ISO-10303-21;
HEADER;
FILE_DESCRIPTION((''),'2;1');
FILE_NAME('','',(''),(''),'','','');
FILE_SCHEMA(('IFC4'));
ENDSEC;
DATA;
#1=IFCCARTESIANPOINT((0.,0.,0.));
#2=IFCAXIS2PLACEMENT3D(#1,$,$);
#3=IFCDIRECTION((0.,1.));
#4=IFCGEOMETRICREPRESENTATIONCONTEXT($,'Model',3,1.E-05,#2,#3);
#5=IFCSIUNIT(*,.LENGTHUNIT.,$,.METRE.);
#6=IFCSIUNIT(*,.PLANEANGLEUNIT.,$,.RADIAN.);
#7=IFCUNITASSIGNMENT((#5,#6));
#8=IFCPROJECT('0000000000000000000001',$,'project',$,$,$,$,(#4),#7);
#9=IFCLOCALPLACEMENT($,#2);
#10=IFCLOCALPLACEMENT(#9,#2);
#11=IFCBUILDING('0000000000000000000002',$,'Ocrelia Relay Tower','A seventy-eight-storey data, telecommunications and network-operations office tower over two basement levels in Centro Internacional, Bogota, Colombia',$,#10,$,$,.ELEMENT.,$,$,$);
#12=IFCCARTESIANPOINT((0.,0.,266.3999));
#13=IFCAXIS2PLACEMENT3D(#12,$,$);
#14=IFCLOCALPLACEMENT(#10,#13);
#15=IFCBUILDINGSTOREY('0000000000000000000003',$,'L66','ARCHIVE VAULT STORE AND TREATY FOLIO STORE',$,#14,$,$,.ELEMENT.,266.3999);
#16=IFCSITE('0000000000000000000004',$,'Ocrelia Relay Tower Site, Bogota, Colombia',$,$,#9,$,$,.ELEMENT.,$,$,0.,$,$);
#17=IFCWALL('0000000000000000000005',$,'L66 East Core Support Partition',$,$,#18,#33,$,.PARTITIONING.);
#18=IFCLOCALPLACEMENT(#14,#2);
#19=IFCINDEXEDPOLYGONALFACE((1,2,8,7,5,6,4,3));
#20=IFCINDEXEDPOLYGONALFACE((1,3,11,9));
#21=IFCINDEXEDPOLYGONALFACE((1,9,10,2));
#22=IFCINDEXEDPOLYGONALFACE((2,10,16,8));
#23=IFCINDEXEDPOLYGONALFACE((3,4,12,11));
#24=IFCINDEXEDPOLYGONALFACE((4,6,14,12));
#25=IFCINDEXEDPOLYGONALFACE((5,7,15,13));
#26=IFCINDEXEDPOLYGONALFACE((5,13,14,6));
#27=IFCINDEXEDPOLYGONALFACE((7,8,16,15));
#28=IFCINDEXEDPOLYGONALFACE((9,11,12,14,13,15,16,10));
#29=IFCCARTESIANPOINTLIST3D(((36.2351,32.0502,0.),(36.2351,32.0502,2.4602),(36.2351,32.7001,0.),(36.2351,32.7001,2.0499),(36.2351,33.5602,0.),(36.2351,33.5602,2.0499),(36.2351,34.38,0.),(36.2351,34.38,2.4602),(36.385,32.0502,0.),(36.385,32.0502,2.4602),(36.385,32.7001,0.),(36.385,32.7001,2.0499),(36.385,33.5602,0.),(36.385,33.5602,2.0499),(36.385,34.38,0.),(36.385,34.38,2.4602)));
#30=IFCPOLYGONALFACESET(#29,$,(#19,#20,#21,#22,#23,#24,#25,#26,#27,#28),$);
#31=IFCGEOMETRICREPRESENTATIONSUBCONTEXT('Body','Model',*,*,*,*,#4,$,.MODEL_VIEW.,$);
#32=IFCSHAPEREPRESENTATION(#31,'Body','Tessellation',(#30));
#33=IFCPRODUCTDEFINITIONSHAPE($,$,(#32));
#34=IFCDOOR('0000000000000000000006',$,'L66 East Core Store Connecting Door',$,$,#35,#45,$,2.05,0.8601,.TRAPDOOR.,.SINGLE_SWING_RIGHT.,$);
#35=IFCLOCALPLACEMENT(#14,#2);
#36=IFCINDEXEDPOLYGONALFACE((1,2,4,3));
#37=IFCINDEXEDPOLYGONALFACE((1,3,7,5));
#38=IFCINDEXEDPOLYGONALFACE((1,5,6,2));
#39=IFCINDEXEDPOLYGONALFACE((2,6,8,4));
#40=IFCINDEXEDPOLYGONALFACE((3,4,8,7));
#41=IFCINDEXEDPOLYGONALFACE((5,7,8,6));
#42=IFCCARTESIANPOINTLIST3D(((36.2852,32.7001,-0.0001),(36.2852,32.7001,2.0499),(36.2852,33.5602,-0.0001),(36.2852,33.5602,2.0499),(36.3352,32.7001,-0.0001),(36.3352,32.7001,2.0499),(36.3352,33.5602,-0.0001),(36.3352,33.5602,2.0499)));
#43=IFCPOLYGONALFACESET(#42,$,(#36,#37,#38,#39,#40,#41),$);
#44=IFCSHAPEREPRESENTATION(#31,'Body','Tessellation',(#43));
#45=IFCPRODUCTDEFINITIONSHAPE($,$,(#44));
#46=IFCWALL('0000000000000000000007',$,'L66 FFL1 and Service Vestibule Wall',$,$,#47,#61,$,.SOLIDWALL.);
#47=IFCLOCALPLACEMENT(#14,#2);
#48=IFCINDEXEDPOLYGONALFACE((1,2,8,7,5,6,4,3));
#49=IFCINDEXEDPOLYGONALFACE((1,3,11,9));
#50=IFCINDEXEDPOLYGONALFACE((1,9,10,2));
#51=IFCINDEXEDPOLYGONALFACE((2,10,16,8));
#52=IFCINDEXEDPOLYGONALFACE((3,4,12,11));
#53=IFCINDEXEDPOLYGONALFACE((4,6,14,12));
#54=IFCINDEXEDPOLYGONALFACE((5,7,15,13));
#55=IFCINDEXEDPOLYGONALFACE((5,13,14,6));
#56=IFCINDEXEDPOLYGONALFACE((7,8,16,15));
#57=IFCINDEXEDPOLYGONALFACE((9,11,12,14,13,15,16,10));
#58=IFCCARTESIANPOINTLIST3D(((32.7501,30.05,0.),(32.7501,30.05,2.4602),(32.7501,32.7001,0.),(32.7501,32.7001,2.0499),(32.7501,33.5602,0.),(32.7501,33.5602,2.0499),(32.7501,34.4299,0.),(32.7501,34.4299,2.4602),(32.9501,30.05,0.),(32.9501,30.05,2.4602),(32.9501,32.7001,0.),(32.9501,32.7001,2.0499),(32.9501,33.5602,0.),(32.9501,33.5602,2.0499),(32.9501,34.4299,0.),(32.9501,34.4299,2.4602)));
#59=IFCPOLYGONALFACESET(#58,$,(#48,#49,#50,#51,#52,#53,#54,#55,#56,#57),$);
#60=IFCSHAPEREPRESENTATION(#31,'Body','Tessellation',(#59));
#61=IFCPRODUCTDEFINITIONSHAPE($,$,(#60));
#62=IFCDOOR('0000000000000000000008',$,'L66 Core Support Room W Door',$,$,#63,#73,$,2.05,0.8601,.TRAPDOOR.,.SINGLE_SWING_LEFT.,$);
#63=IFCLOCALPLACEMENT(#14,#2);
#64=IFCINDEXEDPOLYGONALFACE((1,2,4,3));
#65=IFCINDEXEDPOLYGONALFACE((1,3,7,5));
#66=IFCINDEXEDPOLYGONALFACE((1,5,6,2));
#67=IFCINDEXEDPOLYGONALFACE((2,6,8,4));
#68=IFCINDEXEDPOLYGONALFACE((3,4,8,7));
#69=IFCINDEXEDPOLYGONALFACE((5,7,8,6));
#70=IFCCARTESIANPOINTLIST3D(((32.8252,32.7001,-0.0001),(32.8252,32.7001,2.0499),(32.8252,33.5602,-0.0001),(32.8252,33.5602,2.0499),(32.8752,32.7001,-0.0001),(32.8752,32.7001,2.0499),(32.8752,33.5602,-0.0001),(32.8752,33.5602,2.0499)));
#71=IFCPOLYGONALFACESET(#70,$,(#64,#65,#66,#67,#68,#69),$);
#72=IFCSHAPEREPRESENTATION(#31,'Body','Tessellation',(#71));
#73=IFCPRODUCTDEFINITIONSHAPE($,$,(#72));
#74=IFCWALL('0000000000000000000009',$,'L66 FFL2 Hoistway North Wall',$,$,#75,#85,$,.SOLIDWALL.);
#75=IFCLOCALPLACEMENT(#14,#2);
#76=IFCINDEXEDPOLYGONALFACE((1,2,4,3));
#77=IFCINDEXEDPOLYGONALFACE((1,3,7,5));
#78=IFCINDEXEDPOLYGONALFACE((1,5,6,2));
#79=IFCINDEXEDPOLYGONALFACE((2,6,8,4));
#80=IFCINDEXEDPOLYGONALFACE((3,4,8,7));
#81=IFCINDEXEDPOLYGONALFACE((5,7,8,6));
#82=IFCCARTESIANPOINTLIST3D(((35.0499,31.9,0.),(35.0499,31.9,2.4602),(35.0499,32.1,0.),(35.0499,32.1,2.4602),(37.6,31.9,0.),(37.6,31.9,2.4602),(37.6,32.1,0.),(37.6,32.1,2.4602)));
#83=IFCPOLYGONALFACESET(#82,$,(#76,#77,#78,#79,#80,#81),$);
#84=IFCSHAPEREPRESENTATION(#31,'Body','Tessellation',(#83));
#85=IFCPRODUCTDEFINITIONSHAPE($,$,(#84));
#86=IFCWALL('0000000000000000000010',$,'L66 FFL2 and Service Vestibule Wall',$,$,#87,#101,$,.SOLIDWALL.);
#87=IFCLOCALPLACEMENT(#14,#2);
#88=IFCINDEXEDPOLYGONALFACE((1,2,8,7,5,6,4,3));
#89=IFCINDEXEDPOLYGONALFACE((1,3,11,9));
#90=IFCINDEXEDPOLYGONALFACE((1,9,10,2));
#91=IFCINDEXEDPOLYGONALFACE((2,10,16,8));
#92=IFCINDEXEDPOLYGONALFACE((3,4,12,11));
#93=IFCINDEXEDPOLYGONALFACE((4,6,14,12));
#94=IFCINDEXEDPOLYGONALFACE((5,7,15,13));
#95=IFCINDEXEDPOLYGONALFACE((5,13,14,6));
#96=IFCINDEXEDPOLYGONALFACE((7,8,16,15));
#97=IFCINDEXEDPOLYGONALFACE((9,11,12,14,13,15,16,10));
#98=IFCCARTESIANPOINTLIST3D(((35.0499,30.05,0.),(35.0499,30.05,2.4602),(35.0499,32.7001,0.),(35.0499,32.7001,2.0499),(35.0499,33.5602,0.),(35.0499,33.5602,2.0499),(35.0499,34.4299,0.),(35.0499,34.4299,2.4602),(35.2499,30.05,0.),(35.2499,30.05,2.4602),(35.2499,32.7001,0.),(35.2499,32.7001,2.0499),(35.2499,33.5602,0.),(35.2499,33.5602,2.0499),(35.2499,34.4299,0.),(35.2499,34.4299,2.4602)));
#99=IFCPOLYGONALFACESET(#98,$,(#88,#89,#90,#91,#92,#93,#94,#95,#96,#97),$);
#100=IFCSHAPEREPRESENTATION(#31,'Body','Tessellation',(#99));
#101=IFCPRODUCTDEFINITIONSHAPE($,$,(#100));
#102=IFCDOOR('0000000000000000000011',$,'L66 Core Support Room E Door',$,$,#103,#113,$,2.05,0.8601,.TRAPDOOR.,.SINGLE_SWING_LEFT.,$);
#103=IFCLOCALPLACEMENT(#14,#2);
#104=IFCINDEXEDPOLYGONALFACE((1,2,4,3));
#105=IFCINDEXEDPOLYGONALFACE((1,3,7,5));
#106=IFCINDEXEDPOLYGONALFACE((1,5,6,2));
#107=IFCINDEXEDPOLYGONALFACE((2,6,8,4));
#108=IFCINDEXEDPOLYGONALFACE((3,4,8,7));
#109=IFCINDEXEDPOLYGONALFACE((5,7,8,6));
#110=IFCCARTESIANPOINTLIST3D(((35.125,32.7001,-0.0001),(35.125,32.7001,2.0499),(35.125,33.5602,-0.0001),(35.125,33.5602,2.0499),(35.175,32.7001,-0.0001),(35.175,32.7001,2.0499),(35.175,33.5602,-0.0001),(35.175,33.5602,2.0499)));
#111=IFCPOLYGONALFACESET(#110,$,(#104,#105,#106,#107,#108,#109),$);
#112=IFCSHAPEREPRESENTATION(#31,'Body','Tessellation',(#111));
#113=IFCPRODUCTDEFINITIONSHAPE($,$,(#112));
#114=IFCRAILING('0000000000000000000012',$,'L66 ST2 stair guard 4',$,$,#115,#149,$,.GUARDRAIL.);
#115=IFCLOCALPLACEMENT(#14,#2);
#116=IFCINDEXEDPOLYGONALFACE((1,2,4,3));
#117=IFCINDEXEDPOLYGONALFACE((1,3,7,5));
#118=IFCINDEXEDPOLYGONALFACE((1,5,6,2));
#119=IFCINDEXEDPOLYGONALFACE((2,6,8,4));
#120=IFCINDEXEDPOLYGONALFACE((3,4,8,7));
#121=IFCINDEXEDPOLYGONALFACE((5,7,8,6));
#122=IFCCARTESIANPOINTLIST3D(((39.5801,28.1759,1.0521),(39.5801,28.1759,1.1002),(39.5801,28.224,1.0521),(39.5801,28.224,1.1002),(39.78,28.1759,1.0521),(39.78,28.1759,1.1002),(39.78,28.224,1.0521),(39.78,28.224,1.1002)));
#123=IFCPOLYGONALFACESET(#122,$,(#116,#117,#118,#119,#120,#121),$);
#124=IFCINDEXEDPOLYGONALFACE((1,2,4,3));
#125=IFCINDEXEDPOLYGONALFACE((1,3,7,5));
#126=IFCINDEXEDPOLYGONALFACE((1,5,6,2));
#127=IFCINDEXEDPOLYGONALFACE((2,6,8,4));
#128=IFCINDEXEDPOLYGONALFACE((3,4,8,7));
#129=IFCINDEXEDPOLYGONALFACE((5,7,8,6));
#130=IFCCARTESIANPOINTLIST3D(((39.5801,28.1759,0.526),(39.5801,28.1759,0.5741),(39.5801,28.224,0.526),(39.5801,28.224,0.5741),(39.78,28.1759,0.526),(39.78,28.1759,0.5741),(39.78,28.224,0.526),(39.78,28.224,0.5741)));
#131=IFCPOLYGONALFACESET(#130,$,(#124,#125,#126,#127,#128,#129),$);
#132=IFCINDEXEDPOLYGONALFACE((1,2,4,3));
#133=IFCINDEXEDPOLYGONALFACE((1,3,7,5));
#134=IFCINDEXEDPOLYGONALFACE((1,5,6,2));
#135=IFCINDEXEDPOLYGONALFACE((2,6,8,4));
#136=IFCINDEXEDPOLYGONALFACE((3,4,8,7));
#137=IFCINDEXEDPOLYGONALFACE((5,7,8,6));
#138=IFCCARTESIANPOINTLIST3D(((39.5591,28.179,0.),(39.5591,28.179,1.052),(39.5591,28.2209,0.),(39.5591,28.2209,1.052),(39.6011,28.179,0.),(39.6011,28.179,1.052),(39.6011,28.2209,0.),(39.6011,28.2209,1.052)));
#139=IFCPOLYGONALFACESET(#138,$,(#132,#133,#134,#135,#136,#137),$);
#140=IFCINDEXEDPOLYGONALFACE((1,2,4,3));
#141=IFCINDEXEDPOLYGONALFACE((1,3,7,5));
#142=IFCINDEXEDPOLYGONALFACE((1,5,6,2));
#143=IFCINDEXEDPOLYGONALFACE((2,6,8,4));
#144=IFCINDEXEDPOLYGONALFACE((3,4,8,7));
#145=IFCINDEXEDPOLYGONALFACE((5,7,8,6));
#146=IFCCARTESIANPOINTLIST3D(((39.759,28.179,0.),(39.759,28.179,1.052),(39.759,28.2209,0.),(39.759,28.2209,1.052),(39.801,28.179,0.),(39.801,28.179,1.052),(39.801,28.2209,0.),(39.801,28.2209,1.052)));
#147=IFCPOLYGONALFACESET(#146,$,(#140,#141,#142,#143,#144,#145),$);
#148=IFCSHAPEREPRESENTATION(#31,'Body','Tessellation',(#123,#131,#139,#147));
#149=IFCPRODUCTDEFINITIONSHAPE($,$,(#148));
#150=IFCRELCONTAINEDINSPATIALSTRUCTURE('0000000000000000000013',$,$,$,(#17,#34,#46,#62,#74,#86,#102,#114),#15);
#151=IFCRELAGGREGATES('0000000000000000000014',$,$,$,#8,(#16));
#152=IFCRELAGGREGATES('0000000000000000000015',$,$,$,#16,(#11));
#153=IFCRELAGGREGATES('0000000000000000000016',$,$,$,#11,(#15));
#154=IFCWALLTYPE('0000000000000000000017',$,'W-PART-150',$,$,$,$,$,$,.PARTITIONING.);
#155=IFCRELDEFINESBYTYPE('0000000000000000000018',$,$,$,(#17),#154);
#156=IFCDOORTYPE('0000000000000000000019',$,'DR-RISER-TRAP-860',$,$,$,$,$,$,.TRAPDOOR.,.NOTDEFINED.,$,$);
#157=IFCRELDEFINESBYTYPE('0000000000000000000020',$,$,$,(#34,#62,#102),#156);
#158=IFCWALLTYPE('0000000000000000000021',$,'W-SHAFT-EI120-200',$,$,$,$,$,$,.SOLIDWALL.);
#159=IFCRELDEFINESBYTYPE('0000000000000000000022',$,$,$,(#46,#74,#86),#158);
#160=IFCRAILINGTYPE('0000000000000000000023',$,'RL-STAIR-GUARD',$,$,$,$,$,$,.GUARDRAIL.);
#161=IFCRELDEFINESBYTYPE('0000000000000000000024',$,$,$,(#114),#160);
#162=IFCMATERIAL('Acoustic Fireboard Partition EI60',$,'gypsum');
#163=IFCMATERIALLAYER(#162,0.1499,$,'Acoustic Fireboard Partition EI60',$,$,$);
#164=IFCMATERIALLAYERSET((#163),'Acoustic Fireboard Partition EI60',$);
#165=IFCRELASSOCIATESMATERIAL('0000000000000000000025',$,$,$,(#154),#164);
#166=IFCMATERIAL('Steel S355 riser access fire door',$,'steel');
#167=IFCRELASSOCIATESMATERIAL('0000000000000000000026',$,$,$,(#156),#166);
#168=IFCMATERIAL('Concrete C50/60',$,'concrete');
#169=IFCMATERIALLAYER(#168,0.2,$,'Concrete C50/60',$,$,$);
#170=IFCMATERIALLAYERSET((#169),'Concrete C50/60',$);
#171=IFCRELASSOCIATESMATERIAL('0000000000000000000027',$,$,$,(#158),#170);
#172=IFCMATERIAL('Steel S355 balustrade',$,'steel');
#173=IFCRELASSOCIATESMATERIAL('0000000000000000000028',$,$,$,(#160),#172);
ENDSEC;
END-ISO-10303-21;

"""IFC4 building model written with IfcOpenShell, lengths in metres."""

from ifc_helpers import new_model, si_unit, direction, frame, frame_2d, origin, origin_2d, place, context, subcontext, project, spatial, rectangle, extrude, material, layer, layer_set, type_object, element, fill, save


model = new_model("IFC4")

# Units and contexts
model_context = context("Model", 3, precision=1e-05, world=origin(), true_north=direction((0.0, 1.0)))
body_context = subcontext(model_context, "Body", "Model", "MODEL_VIEW")
ifc_project = project(units=[si_unit("LENGTHUNIT", "METRE"), si_unit("PLANEANGLEUNIT", "RADIAN")], contexts=[model_context])

# Site, building, storey
site_placement = place(None, origin())
site = spatial("IfcSite", under=ifc_project, at=site_placement, Name="Ocrelia Relay Tower Site, Bogota, Colombia", CompositionType="ELEMENT", RefElevation=0.0)
building_placement = place(site_placement, origin())
building = spatial("IfcBuilding", under=site, at=building_placement, Name="Ocrelia Relay Tower", Description="A seventy-eight-storey data, telecommunications and network-operations office tower over two basement levels in Centro Internacional, Bogota, Colombia", CompositionType="ELEMENT")
storey_placement = place(building_placement, frame((0.0, 0.0, 266.3999)))
storey = spatial("IfcBuildingStorey", under=building, at=storey_placement, Name="L66", Description="ARCHIVE VAULT STORE AND TREATY FOLIO STORE", CompositionType="ELEMENT", Elevation=266.3999)

# Shared definitions
ifc_material_1 = material(Name="Concrete C50/60", Category="concrete")

# Walls, openings, doors
ifc_material_2 = material(Name="Acoustic Fireboard Partition EI60", Category="gypsum")
ifc_layer_1 = layer(ifc_material_2, 0.1499, Name="Acoustic Fireboard Partition EI60")
ifc_layer_set_1 = layer_set([ifc_layer_1], Name="Acoustic Fireboard Partition EI60")
wall_type_1 = type_object("IfcWallType", Name="W-PART-150", PredefinedType="PARTITIONING", material=ifc_layer_set_1)
ifc_material_3 = material(Name="Steel S355 riser access fire door", Category="steel")
door_type_1 = type_object("IfcDoorType", Name="DR-RISER-TRAP-860", OperationType="NOTDEFINED", PredefinedType="TRAPDOOR", material=ifc_material_3)
wall_1_placement = place(storey_placement, frame((36.3101, 32.05, 0.0), z_axis=(0.0, 0.0, 1.0), x_axis=(0.0, 1.0, 0.0)))
wall_1 = element("IfcWall", 1, at=wall_1_placement, inside=storey, type_object=wall_type_1, Name="L66 East Core Support Partition", PredefinedType="PARTITIONING", context=body_context, shape_type="SweptSolid", body=[
    extrude(rectangle(XDim=2.3298, YDim=0.1499, at=frame_2d((1.165, 0.0))), origin(), (0.0, 0.0, 1.0), 2.4602),
])
opening_1_placement = place(wall_1_placement, frame((0.6499, 0.0, 0.0)))
opening_1 = element("IfcOpeningElement", 2, at=opening_1_placement, cuts=wall_1, PredefinedType="OPENING", context=body_context, shape_type="SweptSolid", body=[
    extrude(rectangle(XDim=0.8601, YDim=2.05, at=frame_2d((0.4302, 1.0249))), frame((0.0, 0.085, 0.0), z_axis=(0.0, -1.0, 0.0), x_axis=(1.0, 0.0, 0.0)), (0.0, 0.0, 1.0), 0.1699),
])
door_1_placement = place(opening_1_placement, origin())
door_1 = element("IfcDoor", 3, at=door_1_placement, inside=storey, type_object=door_type_1, Name="L66 East Core Store Connecting Door", OperationType="SINGLE_SWING_RIGHT", OverallHeight=2.05, OverallWidth=0.8601, PredefinedType="TRAPDOOR", context=body_context, shape_type="SweptSolid", body=[
    extrude(rectangle(XDim=0.8601, YDim=2.05, at=frame_2d((0.4302, 1.0249))), frame((0.0, 0.0249, 0.0), z_axis=(0.0, -1.0, 0.0), x_axis=(1.0, 0.0, 0.0)), (0.0, 0.0, 1.0), 0.05),
])
fill(opening_1, door_1)
ifc_layer_2 = layer(ifc_material_1, 0.2, Name="Concrete C50/60")
ifc_layer_set_2 = layer_set([ifc_layer_2], Name="Concrete C50/60")
wall_type_2 = type_object("IfcWallType", Name="W-SHAFT-EI120-200", PredefinedType="SOLIDWALL", material=ifc_layer_set_2)
wall_2_placement = place(storey_placement, frame((32.8501, 30.05, 0.0), z_axis=(0.0, 0.0, 1.0), x_axis=(0.0, 1.0, 0.0)))
wall_2 = element("IfcWall", 4, at=wall_2_placement, inside=storey, type_object=wall_type_2, Name="L66 FFL1 and Service Vestibule Wall", PredefinedType="SOLIDWALL", context=body_context, shape_type="SweptSolid", body=[
    extrude(rectangle(XDim=4.3799, YDim=0.2, at=frame_2d((2.1899, 0.0))), origin(), (0.0, 0.0, 1.0), 2.4602),
])
opening_2_placement = place(wall_2_placement, frame((2.6499, 0.0, 0.0)))
opening_2 = element("IfcOpeningElement", 5, at=opening_2_placement, cuts=wall_2, PredefinedType="OPENING", context=body_context, shape_type="SweptSolid", body=[
    extrude(rectangle(XDim=0.8601, YDim=2.05, at=frame_2d((0.4302, 1.0249))), frame((0.0, 0.1099, 0.0), z_axis=(0.0, -1.0, 0.0), x_axis=(1.0, 0.0, 0.0)), (0.0, 0.0, 1.0), 0.22),
])
door_2_placement = place(opening_2_placement, origin())
door_2 = element("IfcDoor", 6, at=door_2_placement, inside=storey, type_object=door_type_1, Name="L66 Core Support Room W Door", OperationType="SINGLE_SWING_LEFT", OverallHeight=2.05, OverallWidth=0.8601, PredefinedType="TRAPDOOR", context=body_context, shape_type="SweptSolid", body=[
    extrude(rectangle(XDim=0.8601, YDim=2.05, at=frame_2d((0.4302, 1.0249))), frame((0.0, 0.0249, 0.0), z_axis=(0.0, -1.0, 0.0), x_axis=(1.0, 0.0, 0.0)), (0.0, 0.0, 1.0), 0.05),
])
fill(opening_2, door_2)

# Wall
wall_3_placement = place(storey_placement, frame((35.05, 32.0, 0.0), z_axis=(0.0, 0.0, 1.0), x_axis=(1.0, 0.0, 0.0)))
element("IfcWall", 7, at=wall_3_placement, inside=storey, type_object=wall_type_2, Name="L66 FFL2 Hoistway North Wall", PredefinedType="SOLIDWALL", context=body_context, shape_type="SweptSolid", body=[
    extrude(rectangle(XDim=2.55, YDim=0.2, at=frame_2d((1.2749, 0.0))), origin(), (0.0, 0.0, 1.0), 2.4602),
])

# Wall, opening, door
wall_4_placement = place(storey_placement, frame((35.1499, 30.05, 0.0), z_axis=(0.0, 0.0, 1.0), x_axis=(0.0, 1.0, 0.0)))
wall_4 = element("IfcWall", 8, at=wall_4_placement, inside=storey, type_object=wall_type_2, Name="L66 FFL2 and Service Vestibule Wall", PredefinedType="SOLIDWALL", context=body_context, shape_type="SweptSolid", body=[
    extrude(rectangle(XDim=4.3799, YDim=0.2, at=frame_2d((2.1899, 0.0))), origin(), (0.0, 0.0, 1.0), 2.4602),
])
opening_3_placement = place(wall_4_placement, frame((2.6499, 0.0, 0.0)))
opening_3 = element("IfcOpeningElement", 9, at=opening_3_placement, cuts=wall_4, PredefinedType="OPENING", context=body_context, shape_type="SweptSolid", body=[
    extrude(rectangle(XDim=0.8601, YDim=2.05, at=frame_2d((0.4302, 1.0249))), frame((0.0, 0.1099, 0.0), z_axis=(0.0, -1.0, 0.0), x_axis=(1.0, 0.0, 0.0)), (0.0, 0.0, 1.0), 0.22),
])
door_3_placement = place(opening_3_placement, origin())
door_3 = element("IfcDoor", 10, at=door_3_placement, inside=storey, type_object=door_type_1, Name="L66 Core Support Room E Door", OperationType="SINGLE_SWING_LEFT", OverallHeight=2.05, OverallWidth=0.8601, PredefinedType="TRAPDOOR", context=body_context, shape_type="SweptSolid", body=[
    extrude(rectangle(XDim=0.8601, YDim=2.05, at=frame_2d((0.4302, 1.0249))), frame((0.0, 0.0249, 0.0), z_axis=(0.0, -1.0, 0.0), x_axis=(1.0, 0.0, 0.0)), (0.0, 0.0, 1.0), 0.05),
])
fill(opening_3, door_3)

# Railing
ifc_material_4 = material(Name="Steel S355 balustrade", Category="steel")
railing_type = type_object("IfcRailingType", Name="RL-STAIR-GUARD", PredefinedType="GUARDRAIL", material=ifc_material_4)
railing_placement = place(storey_placement, frame((39.5801, 28.2, 0.0)))
element("IfcRailing", 11, at=railing_placement, inside=storey, type_object=railing_type, Name="L66 ST2 stair guard 4", PredefinedType="GUARDRAIL", context=body_context, shape_type="SweptSolid", body=[
    extrude(rectangle(XDim=0.0481, YDim=0.0481, at=origin_2d()), frame((0.0, 0.0, 1.0762), z_axis=(1.0, 0.0, 0.0), x_axis=(0.0, 1.0, 0.0)), (0.0, 0.0, 1.0), 0.2),
    extrude(rectangle(XDim=0.0481, YDim=0.0481, at=origin_2d()), frame((0.0, 0.0, 0.55), z_axis=(1.0, 0.0, 0.0), x_axis=(0.0, 1.0, 0.0)), (0.0, 0.0, 1.0), 0.2),
    extrude(rectangle(XDim=0.042, YDim=0.042, at=origin_2d()), origin(), (0.0, 0.0, 1.0), 1.052),
    extrude(rectangle(XDim=0.042, YDim=0.042, at=origin_2d()), frame((0.2, 0.0, 0.0)), (0.0, 0.0, 1.0), 1.052),
])

save(model, "model.ifc")
